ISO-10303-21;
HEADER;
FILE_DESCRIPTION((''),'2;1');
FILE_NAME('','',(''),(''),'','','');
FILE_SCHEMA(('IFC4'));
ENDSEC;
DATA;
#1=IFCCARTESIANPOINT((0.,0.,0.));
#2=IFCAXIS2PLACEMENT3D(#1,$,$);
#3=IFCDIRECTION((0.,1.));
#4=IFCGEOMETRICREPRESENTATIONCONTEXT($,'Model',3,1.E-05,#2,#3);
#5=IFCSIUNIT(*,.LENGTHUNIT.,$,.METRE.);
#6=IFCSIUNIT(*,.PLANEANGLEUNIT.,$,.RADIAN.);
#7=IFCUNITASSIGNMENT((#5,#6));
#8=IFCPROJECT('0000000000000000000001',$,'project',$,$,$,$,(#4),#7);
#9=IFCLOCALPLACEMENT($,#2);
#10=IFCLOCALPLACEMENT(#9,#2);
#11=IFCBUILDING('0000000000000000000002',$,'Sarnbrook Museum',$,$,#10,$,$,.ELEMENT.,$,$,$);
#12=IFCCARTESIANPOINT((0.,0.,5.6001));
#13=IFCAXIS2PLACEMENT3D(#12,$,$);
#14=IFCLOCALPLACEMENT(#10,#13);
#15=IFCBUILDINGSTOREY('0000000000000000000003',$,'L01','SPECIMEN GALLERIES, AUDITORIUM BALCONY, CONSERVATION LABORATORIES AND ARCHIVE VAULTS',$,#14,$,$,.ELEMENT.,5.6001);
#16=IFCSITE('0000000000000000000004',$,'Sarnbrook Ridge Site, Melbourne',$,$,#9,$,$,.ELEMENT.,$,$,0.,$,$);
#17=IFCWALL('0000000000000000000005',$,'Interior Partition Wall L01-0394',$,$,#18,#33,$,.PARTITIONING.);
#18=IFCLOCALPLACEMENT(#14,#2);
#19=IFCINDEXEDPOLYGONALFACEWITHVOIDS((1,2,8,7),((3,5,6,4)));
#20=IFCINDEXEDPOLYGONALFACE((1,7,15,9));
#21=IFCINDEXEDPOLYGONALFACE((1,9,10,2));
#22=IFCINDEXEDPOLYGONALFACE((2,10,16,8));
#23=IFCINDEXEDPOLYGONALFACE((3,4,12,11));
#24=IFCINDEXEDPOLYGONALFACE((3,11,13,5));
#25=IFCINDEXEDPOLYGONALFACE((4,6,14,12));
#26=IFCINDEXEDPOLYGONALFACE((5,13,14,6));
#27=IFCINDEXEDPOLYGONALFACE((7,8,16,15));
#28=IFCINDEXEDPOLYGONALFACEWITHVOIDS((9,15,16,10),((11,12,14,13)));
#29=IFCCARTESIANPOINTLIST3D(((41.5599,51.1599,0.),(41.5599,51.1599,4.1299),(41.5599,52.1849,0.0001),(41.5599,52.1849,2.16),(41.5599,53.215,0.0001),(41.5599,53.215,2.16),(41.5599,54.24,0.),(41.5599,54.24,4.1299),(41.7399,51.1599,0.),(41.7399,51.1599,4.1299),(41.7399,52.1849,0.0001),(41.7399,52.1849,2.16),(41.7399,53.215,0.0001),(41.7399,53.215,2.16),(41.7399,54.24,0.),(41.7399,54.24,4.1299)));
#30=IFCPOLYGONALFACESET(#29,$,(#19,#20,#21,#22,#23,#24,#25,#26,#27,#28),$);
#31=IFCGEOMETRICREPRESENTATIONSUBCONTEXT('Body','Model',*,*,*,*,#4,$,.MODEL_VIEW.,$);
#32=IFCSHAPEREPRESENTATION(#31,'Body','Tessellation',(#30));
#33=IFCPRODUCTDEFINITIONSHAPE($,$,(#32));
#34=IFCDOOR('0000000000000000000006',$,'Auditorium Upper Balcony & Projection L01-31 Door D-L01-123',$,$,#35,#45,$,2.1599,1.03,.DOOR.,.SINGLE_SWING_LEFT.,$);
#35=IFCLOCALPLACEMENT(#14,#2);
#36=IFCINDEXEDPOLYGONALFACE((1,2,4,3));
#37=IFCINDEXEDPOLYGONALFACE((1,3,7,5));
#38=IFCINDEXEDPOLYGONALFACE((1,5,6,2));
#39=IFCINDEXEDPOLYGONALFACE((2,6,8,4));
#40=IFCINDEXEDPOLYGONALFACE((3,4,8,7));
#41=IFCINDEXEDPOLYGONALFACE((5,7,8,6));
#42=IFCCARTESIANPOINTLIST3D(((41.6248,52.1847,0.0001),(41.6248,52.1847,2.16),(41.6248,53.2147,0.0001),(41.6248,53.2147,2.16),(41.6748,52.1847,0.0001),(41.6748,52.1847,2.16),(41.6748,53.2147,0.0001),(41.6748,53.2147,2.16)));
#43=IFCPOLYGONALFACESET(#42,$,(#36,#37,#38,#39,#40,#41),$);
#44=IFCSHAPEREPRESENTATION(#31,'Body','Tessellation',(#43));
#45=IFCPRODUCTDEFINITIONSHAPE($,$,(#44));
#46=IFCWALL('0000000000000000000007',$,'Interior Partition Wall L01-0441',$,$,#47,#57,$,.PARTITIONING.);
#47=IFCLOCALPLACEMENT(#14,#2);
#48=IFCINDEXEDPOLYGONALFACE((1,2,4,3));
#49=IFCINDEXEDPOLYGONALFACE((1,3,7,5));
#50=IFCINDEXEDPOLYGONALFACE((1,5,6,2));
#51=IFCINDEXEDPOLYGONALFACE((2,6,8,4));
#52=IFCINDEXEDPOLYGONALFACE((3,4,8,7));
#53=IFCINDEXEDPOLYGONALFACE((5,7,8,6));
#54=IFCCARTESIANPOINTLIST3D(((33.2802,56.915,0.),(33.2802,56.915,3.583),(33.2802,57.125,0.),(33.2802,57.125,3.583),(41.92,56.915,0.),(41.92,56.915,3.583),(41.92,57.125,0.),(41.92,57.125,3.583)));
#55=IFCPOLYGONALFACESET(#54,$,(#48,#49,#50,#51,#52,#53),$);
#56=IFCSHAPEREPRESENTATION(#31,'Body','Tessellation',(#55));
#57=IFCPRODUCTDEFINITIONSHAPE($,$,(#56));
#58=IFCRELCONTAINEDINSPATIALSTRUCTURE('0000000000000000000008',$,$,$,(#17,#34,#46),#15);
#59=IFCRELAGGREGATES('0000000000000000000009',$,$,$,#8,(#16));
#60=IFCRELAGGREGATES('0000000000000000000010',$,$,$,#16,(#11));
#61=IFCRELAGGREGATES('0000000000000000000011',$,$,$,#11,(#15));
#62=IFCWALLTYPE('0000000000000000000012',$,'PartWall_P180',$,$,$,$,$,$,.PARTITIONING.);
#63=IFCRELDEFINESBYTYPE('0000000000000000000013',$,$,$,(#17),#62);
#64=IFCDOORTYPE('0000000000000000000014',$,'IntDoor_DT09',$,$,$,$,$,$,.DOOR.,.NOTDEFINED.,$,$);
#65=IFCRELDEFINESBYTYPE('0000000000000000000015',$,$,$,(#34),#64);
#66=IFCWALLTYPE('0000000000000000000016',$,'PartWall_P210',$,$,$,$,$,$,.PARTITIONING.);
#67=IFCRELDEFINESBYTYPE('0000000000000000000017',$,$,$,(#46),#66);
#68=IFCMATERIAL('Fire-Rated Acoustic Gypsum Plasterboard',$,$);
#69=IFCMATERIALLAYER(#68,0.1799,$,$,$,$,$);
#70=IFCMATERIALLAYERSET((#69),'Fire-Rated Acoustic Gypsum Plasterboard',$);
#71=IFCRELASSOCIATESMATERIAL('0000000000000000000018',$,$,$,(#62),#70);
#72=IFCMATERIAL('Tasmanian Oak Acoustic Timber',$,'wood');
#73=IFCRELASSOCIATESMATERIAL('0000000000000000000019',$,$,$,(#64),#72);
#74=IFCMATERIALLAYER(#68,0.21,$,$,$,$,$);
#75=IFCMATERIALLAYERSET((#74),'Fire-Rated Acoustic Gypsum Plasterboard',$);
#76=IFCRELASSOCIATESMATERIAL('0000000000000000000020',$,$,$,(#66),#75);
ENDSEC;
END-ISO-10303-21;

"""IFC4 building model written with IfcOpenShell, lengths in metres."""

from ifc_helpers import new_model, si_unit, direction, frame, frame_2d, origin, place, context, subcontext, project, spatial, rectangle, extrude, material, layer, layer_set, type_object, element, fill, save


model = new_model("IFC4")

# Units and contexts
model_context = context("Model", 3, precision=1e-05, world=origin(), true_north=direction((0.0, 1.0)))
body_context = subcontext(model_context, "Body", "Model", "MODEL_VIEW")
ifc_project = project(units=[si_unit("LENGTHUNIT", "METRE"), si_unit("PLANEANGLEUNIT", "RADIAN")], contexts=[model_context])

# Site, building, storey
site_placement = place(None, origin())
site = spatial("IfcSite", under=ifc_project, at=site_placement, Name="Sarnbrook Ridge Site, Melbourne", CompositionType="ELEMENT", RefElevation=0.0)
building_placement = place(site_placement, origin())
building = spatial("IfcBuilding", under=site, at=building_placement, Name="Sarnbrook Museum", CompositionType="ELEMENT")
storey_placement = place(building_placement, frame((0.0, 0.0, 5.6001)))
storey = spatial("IfcBuildingStorey", under=building, at=storey_placement, Name="L01", Description="SPECIMEN GALLERIES, AUDITORIUM BALCONY, CONSERVATION LABORATORIES AND ARCHIVE VAULTS", CompositionType="ELEMENT", Elevation=5.6001)

# Shared definitions
ifc_material_1 = material(Name="Fire-Rated Acoustic Gypsum Plasterboard")

# Wall, opening, door
ifc_layer_1 = layer(ifc_material_1, 0.1799)
ifc_layer_set_1 = layer_set([ifc_layer_1], Name="Fire-Rated Acoustic Gypsum Plasterboard")
wall_type_1 = type_object("IfcWallType", Name="PartWall_P180", PredefinedType="PARTITIONING", material=ifc_layer_set_1)
wall_1_placement = place(storey_placement, frame((41.6499, 51.1599, 0.0), z_axis=(0.0, 0.0, 1.0), x_axis=(0.0, 1.0, 0.0)))
wall_1 = element("IfcWall", 1, at=wall_1_placement, inside=storey, type_object=wall_type_1, Name="Interior Partition Wall L01-0394", PredefinedType="PARTITIONING", context=body_context, shape_type="SweptSolid", body=[
    extrude(rectangle(XDim=3.0801, YDim=0.1799, at=frame_2d((1.54, 0.0))), origin(), (0.0, 0.0, 1.0), 4.1299),
])
opening_placement = place(wall_1_placement, frame((1.0249, 0.0, 0.0)))
opening = element("IfcOpeningElement", 2, at=opening_placement, cuts=wall_1, PredefinedType="OPENING", context=body_context, shape_type="SweptSolid", body=[
    extrude(rectangle(XDim=1.03, YDim=2.1599, at=frame_2d((0.5151, 1.0801))), frame((0.0, 0.1001, 0.0), z_axis=(0.0, -1.0, 0.0), x_axis=(1.0, 0.0, 0.0)), (0.0, 0.0, 1.0), 0.2),
])
ifc_material_2 = material(Name="Tasmanian Oak Acoustic Timber", Category="wood")
door_type = type_object("IfcDoorType", Name="IntDoor_DT09", OperationType="NOTDEFINED", PredefinedType="DOOR", material=ifc_material_2)
door_placement = place(opening_placement, frame((1.03, 0.0, 0.0), z_axis=(0.0, 0.0, 1.0), x_axis=(-1.0, 0.0, 0.0)))
door = element("IfcDoor", 3, at=door_placement, inside=storey, type_object=door_type, Name="Auditorium Upper Balcony & Projection L01-31 Door D-L01-123", OperationType="SINGLE_SWING_LEFT", OverallHeight=2.1599, OverallWidth=1.03, PredefinedType="DOOR", context=body_context, shape_type="SweptSolid", body=[
    extrude(rectangle(XDim=1.03, YDim=2.1599, at=frame_2d((0.5151, 1.0801))), frame((0.0, 0.0249, 0.0), z_axis=(0.0, -1.0, 0.0), x_axis=(1.0, 0.0, 0.0)), (0.0, 0.0, 1.0), 0.05),
])
fill(opening, door)

# Wall
ifc_layer_2 = layer(ifc_material_1, 0.21)
ifc_layer_set_2 = layer_set([ifc_layer_2], Name="Fire-Rated Acoustic Gypsum Plasterboard")
wall_type_2 = type_object("IfcWallType", Name="PartWall_P210", PredefinedType="PARTITIONING", material=ifc_layer_set_2)
wall_2_placement = place(storey_placement, frame((41.9199, 57.02, 0.0), z_axis=(0.0, 0.0, 1.0), x_axis=(-1.0, 0.0, 0.0)))
element("IfcWall", 4, at=wall_2_placement, inside=storey, type_object=wall_type_2, Name="Interior Partition Wall L01-0441", PredefinedType="PARTITIONING", context=body_context, shape_type="SweptSolid", body=[
    extrude(rectangle(XDim=8.6399, YDim=0.21, at=frame_2d((4.3198, 0.0))), origin(), (0.0, 0.0, 1.0), 3.583),
])

save(model, "model.ifc")
